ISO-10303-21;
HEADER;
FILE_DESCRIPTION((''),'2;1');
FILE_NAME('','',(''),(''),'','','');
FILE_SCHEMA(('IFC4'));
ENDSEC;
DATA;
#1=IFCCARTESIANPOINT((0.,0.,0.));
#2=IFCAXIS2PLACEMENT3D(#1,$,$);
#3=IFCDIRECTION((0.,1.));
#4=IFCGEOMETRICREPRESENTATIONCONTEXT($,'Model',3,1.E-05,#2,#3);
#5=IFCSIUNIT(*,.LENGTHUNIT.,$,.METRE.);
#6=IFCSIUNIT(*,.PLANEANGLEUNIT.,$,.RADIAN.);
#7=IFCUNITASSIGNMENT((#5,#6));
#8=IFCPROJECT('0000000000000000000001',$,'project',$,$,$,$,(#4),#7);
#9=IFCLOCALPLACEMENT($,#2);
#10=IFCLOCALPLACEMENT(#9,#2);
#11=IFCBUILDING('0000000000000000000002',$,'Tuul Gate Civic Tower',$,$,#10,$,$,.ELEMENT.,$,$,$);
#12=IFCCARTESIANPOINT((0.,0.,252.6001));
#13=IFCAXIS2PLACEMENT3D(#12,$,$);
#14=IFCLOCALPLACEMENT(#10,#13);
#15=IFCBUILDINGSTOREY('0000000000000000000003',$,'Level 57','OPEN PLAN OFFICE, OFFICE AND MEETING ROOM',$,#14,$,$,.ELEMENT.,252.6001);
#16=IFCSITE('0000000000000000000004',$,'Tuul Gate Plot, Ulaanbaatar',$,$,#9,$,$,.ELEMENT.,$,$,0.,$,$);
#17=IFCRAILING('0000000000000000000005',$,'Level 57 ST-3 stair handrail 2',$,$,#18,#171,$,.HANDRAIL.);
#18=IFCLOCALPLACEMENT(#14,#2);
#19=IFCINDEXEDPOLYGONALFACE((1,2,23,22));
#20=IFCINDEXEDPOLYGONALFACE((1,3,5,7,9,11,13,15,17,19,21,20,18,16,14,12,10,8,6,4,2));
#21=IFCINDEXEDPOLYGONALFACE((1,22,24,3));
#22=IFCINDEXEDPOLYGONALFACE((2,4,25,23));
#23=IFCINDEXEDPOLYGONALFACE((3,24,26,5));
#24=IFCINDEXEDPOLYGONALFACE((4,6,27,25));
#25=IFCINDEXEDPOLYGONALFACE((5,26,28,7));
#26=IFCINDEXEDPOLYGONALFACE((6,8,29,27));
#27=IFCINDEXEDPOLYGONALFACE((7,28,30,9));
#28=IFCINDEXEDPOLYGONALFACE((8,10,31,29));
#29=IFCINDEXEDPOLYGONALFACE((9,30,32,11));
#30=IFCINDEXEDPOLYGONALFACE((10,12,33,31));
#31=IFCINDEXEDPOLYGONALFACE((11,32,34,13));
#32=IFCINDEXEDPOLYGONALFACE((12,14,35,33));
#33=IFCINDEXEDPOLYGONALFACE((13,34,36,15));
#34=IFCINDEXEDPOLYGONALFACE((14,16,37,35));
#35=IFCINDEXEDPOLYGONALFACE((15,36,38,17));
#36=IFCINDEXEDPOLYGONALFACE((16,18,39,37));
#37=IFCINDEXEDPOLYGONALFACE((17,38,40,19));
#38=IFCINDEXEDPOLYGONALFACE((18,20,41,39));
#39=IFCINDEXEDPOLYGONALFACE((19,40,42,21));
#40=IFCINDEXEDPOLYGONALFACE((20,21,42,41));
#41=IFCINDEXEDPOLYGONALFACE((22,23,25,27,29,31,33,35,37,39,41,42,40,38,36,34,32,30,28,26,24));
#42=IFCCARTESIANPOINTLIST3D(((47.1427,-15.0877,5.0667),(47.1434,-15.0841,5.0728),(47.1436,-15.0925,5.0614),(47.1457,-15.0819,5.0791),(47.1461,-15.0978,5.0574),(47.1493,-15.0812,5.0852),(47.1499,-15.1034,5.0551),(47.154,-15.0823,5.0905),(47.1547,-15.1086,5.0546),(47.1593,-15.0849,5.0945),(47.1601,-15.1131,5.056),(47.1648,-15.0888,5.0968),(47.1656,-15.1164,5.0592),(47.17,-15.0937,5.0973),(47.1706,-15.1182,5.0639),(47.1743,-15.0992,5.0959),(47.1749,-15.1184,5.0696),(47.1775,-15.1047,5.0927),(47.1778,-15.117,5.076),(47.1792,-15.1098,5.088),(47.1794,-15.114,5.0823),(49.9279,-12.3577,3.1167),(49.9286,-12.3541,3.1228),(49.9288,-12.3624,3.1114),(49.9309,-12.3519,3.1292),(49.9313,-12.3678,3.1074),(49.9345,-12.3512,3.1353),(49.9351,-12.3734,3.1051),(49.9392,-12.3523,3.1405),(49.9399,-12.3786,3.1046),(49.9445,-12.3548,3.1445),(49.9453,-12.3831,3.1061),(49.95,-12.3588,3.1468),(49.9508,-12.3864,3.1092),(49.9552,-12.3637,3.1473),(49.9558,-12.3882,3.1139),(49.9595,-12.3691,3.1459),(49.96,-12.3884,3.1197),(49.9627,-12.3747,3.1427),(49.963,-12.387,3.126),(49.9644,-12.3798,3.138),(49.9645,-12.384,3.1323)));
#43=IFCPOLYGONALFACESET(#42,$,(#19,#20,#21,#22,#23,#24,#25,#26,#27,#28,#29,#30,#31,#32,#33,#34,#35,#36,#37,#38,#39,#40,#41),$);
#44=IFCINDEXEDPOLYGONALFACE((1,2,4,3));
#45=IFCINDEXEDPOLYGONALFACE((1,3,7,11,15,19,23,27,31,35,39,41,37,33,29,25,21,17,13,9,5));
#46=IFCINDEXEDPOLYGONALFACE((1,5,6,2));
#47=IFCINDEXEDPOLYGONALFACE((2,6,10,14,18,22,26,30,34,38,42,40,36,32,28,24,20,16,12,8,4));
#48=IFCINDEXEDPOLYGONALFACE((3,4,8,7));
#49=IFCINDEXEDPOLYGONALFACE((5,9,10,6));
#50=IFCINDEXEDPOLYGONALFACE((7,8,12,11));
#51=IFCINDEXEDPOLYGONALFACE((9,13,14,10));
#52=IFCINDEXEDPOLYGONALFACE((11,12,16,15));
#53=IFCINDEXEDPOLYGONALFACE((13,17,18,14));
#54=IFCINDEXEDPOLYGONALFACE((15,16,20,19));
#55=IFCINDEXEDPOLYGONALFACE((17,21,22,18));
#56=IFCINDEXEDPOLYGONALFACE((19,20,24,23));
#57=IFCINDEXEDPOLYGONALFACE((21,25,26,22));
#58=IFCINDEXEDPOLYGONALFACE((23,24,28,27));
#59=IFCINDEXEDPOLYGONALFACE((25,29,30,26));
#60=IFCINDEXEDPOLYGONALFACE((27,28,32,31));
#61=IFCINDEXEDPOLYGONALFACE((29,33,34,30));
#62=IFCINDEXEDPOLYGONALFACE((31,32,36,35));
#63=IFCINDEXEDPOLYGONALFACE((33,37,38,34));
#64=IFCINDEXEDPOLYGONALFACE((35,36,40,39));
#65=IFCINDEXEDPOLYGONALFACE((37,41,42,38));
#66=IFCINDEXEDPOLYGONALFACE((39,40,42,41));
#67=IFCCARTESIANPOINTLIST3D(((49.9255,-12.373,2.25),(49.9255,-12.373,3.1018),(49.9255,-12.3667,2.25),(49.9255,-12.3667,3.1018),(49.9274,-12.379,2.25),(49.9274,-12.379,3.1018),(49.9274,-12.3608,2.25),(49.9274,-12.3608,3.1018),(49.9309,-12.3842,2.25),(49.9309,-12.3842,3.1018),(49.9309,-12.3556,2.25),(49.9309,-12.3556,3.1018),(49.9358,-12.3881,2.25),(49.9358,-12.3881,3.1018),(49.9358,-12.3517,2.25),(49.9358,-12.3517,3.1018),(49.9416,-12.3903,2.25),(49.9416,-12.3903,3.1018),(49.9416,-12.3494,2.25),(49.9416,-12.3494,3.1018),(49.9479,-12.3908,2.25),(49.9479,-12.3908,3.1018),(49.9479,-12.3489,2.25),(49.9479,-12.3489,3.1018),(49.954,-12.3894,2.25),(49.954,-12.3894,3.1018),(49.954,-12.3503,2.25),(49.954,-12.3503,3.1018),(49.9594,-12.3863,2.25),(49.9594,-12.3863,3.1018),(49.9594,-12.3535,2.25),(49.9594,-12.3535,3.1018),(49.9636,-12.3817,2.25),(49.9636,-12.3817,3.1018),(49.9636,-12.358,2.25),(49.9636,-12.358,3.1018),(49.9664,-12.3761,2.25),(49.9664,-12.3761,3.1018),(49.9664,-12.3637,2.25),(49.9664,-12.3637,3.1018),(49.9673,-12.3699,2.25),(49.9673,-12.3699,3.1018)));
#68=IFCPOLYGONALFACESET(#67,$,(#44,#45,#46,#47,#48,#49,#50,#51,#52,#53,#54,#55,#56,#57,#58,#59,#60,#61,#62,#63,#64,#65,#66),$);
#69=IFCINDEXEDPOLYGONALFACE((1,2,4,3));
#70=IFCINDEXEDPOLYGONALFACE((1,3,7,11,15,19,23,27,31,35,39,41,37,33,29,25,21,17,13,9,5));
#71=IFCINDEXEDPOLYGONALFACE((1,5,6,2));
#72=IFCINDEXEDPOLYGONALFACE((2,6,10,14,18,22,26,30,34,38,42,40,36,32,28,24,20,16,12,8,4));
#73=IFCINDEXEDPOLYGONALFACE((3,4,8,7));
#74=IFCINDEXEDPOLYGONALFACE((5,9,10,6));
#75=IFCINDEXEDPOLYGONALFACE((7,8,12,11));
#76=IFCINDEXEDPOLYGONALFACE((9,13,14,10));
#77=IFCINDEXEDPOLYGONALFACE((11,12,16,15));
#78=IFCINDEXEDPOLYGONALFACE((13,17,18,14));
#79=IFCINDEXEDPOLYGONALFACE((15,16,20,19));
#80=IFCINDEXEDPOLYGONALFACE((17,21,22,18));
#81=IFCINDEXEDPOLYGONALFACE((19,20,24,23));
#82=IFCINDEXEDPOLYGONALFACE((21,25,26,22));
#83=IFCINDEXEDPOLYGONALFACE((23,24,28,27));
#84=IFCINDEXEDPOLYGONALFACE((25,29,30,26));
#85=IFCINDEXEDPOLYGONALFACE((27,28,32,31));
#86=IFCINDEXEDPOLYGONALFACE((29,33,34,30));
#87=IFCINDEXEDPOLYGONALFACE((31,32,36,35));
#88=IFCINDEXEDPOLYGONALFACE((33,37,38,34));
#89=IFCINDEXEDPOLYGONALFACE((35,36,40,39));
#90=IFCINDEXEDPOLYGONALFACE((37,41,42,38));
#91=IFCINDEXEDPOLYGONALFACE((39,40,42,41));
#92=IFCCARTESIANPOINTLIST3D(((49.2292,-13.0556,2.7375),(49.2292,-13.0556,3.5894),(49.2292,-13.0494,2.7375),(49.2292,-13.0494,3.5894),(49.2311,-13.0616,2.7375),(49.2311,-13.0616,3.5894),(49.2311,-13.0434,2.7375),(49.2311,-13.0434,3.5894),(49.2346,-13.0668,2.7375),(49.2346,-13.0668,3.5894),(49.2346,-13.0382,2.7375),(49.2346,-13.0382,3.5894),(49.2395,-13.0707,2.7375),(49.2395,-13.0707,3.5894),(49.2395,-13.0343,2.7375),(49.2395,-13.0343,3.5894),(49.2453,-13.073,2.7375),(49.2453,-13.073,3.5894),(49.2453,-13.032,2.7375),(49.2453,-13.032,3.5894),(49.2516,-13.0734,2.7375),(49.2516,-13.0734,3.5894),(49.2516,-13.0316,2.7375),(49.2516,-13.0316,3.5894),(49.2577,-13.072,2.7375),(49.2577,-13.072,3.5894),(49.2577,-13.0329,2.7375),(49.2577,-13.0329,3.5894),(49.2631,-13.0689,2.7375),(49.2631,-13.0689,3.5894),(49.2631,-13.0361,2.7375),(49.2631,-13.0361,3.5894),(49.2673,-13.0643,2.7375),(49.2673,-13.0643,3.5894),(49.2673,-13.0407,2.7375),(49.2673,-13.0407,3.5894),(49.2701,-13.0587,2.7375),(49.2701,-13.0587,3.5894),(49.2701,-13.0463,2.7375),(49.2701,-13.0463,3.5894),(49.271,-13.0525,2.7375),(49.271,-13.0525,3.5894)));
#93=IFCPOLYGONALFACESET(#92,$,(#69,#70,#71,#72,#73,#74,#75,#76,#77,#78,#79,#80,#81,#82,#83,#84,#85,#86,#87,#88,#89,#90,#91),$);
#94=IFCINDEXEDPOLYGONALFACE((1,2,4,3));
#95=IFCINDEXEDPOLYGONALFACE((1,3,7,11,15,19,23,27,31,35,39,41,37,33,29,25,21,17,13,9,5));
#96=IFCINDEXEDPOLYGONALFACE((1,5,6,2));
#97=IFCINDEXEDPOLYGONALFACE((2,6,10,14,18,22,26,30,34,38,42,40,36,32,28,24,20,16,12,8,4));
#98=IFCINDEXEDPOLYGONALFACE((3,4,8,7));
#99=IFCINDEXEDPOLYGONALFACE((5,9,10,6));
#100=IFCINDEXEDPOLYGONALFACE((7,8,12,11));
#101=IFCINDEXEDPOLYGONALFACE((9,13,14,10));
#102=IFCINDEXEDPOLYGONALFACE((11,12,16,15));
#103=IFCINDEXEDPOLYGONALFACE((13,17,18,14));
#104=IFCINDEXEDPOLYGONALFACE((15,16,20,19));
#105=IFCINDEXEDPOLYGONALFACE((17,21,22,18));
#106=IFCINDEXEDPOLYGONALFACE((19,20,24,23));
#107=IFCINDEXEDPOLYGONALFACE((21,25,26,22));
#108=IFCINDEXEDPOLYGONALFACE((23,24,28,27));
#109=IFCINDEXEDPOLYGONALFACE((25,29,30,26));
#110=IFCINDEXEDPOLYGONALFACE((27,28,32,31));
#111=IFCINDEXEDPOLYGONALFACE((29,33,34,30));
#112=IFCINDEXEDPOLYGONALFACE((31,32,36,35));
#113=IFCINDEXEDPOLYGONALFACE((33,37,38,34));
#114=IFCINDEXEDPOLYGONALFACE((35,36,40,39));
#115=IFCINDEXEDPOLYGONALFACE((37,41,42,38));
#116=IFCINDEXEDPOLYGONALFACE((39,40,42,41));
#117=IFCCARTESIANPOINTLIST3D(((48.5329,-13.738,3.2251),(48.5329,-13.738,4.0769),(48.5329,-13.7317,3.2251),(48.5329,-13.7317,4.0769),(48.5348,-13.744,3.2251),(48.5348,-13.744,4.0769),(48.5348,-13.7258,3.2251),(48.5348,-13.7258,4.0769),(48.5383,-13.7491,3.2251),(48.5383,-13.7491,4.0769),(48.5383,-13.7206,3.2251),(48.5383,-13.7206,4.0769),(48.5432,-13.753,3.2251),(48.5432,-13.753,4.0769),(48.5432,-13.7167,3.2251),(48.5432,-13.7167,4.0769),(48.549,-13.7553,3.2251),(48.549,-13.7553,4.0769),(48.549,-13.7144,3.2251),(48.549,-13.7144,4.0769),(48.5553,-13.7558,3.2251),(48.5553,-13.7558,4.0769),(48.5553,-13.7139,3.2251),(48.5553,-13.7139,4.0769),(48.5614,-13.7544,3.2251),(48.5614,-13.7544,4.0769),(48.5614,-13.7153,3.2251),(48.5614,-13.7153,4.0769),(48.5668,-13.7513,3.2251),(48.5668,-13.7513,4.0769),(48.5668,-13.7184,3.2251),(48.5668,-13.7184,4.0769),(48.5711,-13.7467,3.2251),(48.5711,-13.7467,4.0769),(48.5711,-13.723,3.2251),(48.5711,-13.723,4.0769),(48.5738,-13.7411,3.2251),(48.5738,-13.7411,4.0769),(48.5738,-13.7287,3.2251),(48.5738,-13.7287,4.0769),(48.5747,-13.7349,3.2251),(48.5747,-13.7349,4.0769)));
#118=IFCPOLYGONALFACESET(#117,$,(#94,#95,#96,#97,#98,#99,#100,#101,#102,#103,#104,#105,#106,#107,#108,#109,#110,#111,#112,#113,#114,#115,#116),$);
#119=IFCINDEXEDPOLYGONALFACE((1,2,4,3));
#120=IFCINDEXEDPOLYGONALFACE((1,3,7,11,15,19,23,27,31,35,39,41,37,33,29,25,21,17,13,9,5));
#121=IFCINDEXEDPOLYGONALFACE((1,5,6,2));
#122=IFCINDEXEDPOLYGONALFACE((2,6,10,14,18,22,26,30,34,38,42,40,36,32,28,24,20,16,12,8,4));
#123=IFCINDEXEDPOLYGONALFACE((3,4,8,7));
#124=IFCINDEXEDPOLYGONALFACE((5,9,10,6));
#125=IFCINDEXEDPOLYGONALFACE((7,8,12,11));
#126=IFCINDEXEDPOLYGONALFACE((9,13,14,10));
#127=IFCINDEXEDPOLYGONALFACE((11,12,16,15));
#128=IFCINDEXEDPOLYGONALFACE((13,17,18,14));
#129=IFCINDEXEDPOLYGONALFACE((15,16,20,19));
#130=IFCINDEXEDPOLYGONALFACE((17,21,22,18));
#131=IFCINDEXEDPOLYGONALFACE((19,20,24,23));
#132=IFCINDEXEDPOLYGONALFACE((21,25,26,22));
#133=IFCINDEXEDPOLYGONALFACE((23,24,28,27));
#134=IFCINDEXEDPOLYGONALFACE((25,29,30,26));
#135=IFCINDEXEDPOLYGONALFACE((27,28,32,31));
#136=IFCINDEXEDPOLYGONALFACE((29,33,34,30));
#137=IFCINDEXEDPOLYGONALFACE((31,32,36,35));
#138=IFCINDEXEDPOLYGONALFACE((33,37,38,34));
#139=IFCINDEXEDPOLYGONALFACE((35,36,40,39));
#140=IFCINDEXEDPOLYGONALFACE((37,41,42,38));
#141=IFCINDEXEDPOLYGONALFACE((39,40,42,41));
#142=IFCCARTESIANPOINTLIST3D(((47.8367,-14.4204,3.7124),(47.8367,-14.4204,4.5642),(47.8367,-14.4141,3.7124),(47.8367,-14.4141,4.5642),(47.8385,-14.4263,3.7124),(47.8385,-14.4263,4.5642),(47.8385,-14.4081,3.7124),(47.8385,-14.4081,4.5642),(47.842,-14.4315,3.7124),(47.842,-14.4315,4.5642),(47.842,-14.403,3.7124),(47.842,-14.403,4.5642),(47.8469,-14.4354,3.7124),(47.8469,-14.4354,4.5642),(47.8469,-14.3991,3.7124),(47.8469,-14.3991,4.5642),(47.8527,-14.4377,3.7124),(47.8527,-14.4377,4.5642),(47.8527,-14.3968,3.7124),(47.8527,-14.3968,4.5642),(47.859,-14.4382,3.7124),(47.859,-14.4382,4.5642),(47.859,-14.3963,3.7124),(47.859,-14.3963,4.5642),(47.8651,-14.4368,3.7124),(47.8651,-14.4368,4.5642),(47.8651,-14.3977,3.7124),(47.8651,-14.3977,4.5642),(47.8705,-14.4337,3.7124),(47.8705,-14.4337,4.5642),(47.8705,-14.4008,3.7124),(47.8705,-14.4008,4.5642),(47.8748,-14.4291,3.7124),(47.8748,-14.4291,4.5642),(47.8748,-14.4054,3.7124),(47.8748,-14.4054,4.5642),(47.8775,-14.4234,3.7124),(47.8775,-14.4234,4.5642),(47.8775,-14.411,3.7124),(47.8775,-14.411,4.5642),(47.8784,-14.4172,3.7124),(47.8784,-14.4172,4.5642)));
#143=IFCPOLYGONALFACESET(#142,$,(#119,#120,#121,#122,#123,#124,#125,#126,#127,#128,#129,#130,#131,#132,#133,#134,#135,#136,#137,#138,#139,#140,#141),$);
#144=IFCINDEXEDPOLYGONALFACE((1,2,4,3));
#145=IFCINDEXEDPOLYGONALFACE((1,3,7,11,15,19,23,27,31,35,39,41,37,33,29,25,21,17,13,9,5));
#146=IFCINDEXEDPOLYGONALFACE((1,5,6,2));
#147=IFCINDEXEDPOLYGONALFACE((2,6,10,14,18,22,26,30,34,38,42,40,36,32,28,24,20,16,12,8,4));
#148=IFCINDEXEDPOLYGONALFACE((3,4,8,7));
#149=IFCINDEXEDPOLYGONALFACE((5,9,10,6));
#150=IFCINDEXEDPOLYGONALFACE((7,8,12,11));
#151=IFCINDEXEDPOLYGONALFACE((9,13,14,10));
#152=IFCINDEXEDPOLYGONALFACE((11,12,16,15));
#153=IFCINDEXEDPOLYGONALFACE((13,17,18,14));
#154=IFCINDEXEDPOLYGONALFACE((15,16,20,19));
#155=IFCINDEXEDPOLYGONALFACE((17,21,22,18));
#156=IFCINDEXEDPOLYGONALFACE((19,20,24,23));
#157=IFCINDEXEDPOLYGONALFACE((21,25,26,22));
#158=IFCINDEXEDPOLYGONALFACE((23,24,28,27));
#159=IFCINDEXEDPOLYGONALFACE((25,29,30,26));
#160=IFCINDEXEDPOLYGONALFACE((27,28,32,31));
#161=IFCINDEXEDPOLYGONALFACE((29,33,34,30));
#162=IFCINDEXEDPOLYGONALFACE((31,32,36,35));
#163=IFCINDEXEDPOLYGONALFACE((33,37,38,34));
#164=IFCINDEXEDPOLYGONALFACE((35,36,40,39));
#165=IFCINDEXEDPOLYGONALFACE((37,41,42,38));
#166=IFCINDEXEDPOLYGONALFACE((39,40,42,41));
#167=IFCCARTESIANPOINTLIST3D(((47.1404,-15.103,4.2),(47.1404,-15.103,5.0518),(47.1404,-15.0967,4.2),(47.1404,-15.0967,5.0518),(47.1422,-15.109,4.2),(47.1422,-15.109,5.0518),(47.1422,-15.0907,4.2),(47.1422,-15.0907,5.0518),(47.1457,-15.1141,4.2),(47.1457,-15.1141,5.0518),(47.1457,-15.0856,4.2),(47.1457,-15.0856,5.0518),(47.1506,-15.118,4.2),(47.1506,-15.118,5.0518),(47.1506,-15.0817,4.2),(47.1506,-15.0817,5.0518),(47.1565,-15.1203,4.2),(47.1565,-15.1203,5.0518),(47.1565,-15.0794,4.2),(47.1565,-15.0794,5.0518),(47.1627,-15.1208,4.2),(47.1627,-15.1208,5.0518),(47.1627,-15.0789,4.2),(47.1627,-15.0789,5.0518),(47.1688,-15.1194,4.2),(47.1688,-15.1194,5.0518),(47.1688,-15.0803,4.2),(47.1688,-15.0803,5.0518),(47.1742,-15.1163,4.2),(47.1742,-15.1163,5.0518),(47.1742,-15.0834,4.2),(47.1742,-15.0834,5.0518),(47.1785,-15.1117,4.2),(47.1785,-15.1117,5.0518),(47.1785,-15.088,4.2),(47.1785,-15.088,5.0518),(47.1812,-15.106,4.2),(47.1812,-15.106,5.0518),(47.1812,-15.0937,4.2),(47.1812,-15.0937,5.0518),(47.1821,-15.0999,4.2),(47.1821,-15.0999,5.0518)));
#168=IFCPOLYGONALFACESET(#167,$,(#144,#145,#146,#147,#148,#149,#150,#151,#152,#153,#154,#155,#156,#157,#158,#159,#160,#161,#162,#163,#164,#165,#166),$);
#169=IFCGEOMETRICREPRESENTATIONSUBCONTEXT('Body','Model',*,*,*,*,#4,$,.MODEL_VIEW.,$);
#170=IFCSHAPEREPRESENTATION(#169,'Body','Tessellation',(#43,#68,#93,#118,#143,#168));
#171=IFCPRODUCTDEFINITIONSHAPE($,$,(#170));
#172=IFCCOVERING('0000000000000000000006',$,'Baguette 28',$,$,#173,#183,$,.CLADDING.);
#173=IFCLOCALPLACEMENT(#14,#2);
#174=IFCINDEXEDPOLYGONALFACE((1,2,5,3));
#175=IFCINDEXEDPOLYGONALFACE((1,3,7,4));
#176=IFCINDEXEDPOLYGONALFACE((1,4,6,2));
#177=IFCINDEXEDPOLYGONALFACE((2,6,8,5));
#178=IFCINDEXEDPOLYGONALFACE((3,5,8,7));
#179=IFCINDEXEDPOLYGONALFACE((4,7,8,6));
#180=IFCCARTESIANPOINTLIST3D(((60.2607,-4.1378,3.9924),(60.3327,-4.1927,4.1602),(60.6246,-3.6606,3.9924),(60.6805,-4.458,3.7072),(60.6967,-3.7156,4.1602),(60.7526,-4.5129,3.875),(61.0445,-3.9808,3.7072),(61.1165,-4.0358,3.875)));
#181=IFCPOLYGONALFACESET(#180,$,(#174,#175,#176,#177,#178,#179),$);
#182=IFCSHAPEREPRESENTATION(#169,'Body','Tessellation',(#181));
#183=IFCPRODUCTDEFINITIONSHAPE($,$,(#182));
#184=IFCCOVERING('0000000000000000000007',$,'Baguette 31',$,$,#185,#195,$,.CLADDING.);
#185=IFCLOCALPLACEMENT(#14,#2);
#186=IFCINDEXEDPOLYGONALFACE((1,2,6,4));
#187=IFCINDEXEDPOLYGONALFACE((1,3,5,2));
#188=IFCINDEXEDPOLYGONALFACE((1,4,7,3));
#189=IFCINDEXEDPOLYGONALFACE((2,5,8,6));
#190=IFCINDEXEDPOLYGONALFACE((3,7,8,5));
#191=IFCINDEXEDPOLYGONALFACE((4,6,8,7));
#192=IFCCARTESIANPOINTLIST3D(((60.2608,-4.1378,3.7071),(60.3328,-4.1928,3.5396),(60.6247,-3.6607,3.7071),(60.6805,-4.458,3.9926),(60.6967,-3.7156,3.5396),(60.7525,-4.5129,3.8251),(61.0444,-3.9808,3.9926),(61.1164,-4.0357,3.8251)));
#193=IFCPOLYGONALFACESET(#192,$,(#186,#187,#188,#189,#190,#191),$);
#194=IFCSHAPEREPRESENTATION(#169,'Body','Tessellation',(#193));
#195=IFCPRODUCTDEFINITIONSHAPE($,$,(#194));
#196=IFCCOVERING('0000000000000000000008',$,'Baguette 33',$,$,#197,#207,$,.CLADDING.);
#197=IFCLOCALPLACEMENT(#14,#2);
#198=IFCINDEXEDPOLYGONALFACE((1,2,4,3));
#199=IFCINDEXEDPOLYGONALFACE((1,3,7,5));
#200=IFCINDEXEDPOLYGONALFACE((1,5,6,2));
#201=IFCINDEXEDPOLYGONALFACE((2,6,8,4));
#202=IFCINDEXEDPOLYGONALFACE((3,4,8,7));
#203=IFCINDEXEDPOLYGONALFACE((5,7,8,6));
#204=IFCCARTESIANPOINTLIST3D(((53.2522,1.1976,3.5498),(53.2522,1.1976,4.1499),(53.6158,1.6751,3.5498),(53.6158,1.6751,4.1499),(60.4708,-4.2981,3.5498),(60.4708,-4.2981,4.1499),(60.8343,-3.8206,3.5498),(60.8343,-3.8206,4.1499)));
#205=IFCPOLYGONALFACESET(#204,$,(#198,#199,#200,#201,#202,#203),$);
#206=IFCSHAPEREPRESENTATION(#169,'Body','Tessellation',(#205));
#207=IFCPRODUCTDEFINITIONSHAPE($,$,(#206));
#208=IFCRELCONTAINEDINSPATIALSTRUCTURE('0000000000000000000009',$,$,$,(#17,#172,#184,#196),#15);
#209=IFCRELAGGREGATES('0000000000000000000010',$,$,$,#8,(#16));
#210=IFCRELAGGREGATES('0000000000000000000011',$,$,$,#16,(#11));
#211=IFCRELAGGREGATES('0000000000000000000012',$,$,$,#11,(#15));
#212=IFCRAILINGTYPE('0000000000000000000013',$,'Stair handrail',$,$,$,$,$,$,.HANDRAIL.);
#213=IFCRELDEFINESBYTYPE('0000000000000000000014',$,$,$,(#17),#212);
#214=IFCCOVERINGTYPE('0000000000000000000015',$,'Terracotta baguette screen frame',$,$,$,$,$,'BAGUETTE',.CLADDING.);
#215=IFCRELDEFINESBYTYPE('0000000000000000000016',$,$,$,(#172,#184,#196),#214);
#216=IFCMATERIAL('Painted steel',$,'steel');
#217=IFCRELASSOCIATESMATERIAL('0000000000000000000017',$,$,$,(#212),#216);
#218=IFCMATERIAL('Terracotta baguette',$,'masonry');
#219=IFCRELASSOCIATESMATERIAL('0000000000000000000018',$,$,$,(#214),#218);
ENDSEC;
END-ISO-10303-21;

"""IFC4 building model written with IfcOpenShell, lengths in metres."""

from ifc_helpers import new_model, si_unit, direction, frame, origin, origin_2d, place, context, subcontext, project, spatial, rectangle, circle, extrude, material, material_profile, profile_set, type_object, element, save


model = new_model("IFC4")

# Units and contexts
model_context = context("Model", 3, precision=1e-05, world=origin(), true_north=direction((0.0, 1.0)))
body_context = subcontext(model_context, "Body", "Model", "MODEL_VIEW")
ifc_project = project(units=[si_unit("LENGTHUNIT", "METRE"), si_unit("PLANEANGLEUNIT", "RADIAN")], contexts=[model_context])

# Site, building, storey
site_placement = place(None, origin())
site = spatial("IfcSite", under=ifc_project, at=site_placement, Name="Tuul Gate Plot, Ulaanbaatar", CompositionType="ELEMENT", RefElevation=0.0)
building_placement = place(site_placement, origin())
building = spatial("IfcBuilding", under=site, at=building_placement, Name="Tuul Gate Civic Tower", CompositionType="ELEMENT")
storey_placement = place(building_placement, frame((0.0, 0.0, 252.6001)))
storey = spatial("IfcBuildingStorey", under=building, at=storey_placement, Name="Level 57", Description="OPEN PLAN OFFICE, OFFICE AND MEETING ROOM", CompositionType="ELEMENT", Elevation=252.6001)

# Railing
ifc_material_1 = material(Name="Painted steel", Category="steel")
railing_type = type_object("IfcRailingType", Name="Stair handrail", PredefinedType="HANDRAIL", material=ifc_material_1)
railing_placement = place(storey_placement, frame((49.9463, -12.3699, 2.25)))
element("IfcRailing", 1, at=railing_placement, inside=storey, type_object=railing_type, Name="Level 57 ST-3 stair handrail 2", PredefinedType="HANDRAIL", context=body_context, shape_type="SweptSolid", body=[
    extrude(circle(Radius=0.0239, at=origin_2d()), frame((0.0, 0.0, 0.876), z_axis=(-0.638754, -0.6261, 0.447206), x_axis=(0.699998, -0.714145, 0.0)), (0.0, 0.0, 1.0), 4.3604),
    extrude(circle(Radius=0.021, at=origin_2d()), origin(), (0.0, 0.0, 1.0), 0.8518),
    extrude(circle(Radius=0.021, at=origin_2d()), frame((-0.6963, -0.6826, 0.4875)), (0.0, 0.0, 1.0), 0.8518),
    extrude(circle(Radius=0.021, at=origin_2d()), frame((-1.3926, -1.365, 0.9751)), (0.0, 0.0, 1.0), 0.8518),
    extrude(circle(Radius=0.021, at=origin_2d()), frame((-2.0889, -2.0474, 1.4624)), (0.0, 0.0, 1.0), 0.8518),
    extrude(circle(Radius=0.021, at=origin_2d()), frame((-2.7852, -2.73, 1.95)), (0.0, 0.0, 1.0), 0.8518),
])

# Coverings
ifc_material_2 = material(Name="Terracotta baguette", Category="masonry")
ifc_material_profile_1 = material_profile(ifc_material_2, rectangle(XDim=0.6001, YDim=0.6001, at=origin_2d()), Name="Terracotta baguette screen frame")
ifc_profile_set_1 = profile_set([ifc_material_profile_1], Name="Terracotta baguette")
covering_type = type_object("IfcCoveringType", Name="Terracotta baguette screen frame", ElementType="BAGUETTE", PredefinedType="CLADDING", material=ifc_profile_set_1)
covering_1_placement = place(storey_placement, frame((60.7246, -4.1143, 4.0176), z_axis=(-0.377827, 0.288173, -0.879888), x_axis=(-0.606449, -0.795122, 0.0)))
element("IfcCovering", 2, at=covering_1_placement, inside=storey, type_object=covering_type, Name="Baguette 28", PredefinedType="CLADDING", context=body_context, shape_type="SweptSolid", body=[
    extrude(rectangle(XDim=0.6001, YDim=0.6001, at=origin_2d()), origin(), (0.0, 0.0, 1.0), 0.1907),
])
covering_2_placement = place(storey_placement, frame((60.6526, -4.0593, 3.8499), z_axis=(0.378253, -0.288498, -0.879599), x_axis=(0.606449, 0.795122, 0.0)))
element("IfcCovering", 3, at=covering_2_placement, inside=storey, type_object=covering_type, Name="Baguette 31", PredefinedType="CLADDING", context=body_context, shape_type="SweptSolid", body=[
    extrude(rectangle(XDim=0.6001, YDim=0.6001, at=origin_2d()), origin(), (0.0, 0.0, 1.0), 0.1904),
])
covering_3_placement = place(storey_placement, frame((60.6526, -4.0593, 3.8499), z_axis=(-0.795655, 0.60575, 0.0), x_axis=(-0.60575, -0.795655, 0.0)))
element("IfcCovering", 4, at=covering_3_placement, inside=storey, type_object=covering_type, Name="Baguette 33", PredefinedType="CLADDING", context=body_context, shape_type="SweptSolid", body=[
    extrude(rectangle(XDim=0.6001, YDim=0.6001, at=origin_2d()), origin(), (0.0, 0.0, 1.0), 9.0725),
])

save(model, "model.ifc")
